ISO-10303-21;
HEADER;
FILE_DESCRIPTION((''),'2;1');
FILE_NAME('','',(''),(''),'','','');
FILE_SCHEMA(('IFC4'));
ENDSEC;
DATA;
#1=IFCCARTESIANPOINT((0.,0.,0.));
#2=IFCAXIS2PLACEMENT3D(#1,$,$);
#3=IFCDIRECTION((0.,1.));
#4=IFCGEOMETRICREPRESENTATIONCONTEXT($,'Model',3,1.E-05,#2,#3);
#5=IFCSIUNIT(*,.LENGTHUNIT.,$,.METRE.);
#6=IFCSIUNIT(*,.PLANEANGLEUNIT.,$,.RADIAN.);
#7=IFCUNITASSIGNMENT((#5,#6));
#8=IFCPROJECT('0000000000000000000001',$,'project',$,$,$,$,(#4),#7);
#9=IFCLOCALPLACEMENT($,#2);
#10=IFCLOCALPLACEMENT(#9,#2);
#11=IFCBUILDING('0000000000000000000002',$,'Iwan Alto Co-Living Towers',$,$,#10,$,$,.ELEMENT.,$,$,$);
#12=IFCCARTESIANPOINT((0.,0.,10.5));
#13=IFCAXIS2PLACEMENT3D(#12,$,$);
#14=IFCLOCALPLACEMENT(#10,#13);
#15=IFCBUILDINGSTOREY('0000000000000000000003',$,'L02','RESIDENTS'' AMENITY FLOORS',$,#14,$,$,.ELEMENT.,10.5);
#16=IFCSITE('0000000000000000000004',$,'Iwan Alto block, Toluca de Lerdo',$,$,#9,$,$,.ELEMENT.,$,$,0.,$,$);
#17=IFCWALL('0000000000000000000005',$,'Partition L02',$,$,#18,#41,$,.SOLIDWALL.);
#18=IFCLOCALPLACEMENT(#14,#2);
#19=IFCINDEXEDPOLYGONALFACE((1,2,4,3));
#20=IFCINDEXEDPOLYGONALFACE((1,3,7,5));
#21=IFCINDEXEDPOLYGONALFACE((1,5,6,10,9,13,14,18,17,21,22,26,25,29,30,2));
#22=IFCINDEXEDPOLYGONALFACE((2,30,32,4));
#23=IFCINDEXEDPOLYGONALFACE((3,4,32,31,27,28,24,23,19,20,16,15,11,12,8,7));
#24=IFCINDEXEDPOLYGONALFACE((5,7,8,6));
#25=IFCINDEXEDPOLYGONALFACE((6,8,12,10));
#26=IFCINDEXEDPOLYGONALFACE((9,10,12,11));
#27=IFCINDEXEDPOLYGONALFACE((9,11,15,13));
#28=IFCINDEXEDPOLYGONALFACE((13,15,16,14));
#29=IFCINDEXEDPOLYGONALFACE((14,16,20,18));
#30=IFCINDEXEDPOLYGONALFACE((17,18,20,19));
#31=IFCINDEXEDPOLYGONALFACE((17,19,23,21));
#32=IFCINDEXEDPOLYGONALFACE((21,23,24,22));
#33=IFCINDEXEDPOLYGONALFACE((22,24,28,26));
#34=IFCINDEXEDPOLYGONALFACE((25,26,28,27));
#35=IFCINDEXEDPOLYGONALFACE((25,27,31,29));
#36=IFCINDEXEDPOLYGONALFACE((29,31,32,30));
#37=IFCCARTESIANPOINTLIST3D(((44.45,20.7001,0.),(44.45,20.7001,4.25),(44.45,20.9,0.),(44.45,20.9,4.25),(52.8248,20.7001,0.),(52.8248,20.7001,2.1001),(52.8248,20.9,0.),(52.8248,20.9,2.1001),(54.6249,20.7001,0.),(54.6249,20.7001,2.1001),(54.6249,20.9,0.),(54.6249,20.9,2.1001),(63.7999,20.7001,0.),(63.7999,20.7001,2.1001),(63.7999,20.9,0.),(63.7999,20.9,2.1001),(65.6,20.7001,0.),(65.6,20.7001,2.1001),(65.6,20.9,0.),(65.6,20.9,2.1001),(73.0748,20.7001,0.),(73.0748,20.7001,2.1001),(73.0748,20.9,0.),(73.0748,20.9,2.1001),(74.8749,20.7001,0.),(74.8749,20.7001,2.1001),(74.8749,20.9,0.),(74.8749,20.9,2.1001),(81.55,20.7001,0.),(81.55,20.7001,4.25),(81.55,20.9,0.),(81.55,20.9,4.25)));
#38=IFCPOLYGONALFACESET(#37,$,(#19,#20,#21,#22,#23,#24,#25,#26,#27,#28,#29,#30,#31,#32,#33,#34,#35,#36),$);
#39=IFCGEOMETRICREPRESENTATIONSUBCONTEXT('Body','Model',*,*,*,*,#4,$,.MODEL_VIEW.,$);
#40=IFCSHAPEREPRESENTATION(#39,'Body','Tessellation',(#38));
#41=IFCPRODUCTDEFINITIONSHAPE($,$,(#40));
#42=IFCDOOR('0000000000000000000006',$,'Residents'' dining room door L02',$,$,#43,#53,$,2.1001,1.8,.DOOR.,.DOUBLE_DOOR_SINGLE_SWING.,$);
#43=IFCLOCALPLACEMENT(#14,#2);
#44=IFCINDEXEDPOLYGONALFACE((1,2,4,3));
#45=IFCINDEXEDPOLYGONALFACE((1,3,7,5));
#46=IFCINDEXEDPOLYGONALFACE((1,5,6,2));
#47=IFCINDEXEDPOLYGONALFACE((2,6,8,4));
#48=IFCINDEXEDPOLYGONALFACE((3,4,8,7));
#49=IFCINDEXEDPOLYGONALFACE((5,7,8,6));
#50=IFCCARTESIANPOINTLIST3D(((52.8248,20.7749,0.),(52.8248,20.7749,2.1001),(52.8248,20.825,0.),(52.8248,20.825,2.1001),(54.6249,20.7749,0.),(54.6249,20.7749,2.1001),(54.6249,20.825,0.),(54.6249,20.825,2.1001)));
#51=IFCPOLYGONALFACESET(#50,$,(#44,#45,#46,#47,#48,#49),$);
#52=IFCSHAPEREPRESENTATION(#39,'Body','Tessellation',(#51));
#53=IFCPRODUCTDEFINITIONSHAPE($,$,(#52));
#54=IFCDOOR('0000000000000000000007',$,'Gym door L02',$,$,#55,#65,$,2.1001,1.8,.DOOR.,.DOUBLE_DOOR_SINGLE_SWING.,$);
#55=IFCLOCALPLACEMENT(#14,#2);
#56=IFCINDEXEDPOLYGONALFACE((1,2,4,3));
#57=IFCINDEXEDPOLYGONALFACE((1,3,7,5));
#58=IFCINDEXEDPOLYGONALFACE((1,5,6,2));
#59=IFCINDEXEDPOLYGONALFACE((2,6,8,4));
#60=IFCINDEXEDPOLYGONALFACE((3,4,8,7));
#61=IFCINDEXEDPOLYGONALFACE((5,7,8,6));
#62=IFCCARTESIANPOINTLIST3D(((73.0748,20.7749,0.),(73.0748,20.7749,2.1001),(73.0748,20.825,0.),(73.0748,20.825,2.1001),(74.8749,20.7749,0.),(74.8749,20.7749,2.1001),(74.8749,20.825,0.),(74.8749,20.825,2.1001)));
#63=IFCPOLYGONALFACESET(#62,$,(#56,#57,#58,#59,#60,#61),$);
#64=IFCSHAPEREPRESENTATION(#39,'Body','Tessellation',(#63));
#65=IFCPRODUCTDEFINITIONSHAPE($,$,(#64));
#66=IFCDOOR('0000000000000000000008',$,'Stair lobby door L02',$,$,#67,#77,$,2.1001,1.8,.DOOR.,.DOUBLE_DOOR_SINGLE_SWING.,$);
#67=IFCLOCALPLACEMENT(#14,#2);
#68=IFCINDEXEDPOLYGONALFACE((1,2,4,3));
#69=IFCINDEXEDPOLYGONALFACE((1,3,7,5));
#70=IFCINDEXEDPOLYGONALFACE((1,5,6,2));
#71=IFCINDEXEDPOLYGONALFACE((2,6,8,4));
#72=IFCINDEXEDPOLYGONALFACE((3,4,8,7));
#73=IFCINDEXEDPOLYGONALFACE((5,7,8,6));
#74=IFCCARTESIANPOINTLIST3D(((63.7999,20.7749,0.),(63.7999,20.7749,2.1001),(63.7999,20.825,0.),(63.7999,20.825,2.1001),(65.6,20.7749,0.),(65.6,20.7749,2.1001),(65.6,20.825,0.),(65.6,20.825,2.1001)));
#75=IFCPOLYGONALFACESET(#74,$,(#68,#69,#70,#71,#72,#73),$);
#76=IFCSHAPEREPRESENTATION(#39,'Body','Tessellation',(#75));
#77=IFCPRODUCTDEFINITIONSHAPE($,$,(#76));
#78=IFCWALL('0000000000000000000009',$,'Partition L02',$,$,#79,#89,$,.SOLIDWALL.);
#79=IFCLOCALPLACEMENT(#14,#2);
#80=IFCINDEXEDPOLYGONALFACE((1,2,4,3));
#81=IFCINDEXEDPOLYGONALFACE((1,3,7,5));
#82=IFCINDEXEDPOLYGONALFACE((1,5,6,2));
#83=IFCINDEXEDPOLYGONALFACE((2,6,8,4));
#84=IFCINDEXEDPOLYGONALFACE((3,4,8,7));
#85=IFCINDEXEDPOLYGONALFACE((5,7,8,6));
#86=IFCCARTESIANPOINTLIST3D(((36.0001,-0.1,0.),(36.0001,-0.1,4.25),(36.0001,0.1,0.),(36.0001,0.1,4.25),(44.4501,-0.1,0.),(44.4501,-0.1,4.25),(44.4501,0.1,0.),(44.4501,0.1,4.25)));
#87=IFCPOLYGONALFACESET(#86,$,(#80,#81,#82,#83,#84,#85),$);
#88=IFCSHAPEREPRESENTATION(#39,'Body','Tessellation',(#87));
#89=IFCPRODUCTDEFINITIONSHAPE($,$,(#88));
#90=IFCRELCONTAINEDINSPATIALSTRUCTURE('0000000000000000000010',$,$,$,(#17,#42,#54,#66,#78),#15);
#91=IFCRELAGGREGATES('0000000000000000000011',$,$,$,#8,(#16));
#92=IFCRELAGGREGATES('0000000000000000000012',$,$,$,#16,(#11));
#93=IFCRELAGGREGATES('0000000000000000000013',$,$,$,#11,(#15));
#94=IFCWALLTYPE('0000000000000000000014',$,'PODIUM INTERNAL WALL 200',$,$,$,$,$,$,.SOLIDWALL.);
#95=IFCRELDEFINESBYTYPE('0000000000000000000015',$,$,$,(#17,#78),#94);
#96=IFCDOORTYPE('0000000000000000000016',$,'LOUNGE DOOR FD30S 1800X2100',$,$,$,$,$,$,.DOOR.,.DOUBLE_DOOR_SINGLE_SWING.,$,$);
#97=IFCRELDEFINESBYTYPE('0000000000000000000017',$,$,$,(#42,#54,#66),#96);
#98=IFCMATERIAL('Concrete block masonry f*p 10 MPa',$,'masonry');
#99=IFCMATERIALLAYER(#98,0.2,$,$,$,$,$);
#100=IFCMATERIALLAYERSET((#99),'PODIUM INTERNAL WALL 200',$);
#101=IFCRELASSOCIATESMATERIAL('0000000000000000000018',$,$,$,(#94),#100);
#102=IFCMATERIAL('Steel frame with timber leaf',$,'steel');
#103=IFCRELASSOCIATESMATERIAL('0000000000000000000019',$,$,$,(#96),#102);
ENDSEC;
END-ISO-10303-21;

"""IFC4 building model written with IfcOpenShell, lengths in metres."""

from ifc_helpers import new_model, si_unit, direction, frame, frame_2d, origin, place, context, subcontext, project, spatial, rectangle, extrude, material, layer, layer_set, type_object, element, fill, save


model = new_model("IFC4")

# Units and contexts
model_context = context("Model", 3, precision=1e-05, world=origin(), true_north=direction((0.0, 1.0)))
body_context = subcontext(model_context, "Body", "Model", "MODEL_VIEW")
ifc_project = project(units=[si_unit("LENGTHUNIT", "METRE"), si_unit("PLANEANGLEUNIT", "RADIAN")], contexts=[model_context])

# Site, building, storey
site_placement = place(None, origin())
site = spatial("IfcSite", under=ifc_project, at=site_placement, Name="Iwan Alto block, Toluca de Lerdo", CompositionType="ELEMENT", RefElevation=0.0)
building_placement = place(site_placement, origin())
building = spatial("IfcBuilding", under=site, at=building_placement, Name="Iwan Alto Co-Living Towers", CompositionType="ELEMENT")
storey_placement = place(building_placement, frame((0.0, 0.0, 10.5)))
storey = spatial("IfcBuildingStorey", under=building, at=storey_placement, Name="L02", Description="RESIDENTS' AMENITY FLOORS", CompositionType="ELEMENT", Elevation=10.5)

# Shared definitions
ifc_material_1 = material(Name="Concrete block masonry f*p 10 MPa", Category="masonry")
ifc_layer = layer(ifc_material_1, 0.2)
ifc_layer_set = layer_set([ifc_layer], Name="PODIUM INTERNAL WALL 200")
wall_type = type_object("IfcWallType", Name="PODIUM INTERNAL WALL 200", PredefinedType="SOLIDWALL", material=ifc_layer_set)

# Wall, openings, doors
wall_1_placement = place(storey_placement, frame((44.45, 20.8, 0.0), z_axis=(0.0, 0.0, 1.0), x_axis=(1.0, 0.0, 0.0)))
wall_1 = element("IfcWall", 1, at=wall_1_placement, inside=storey, type_object=wall_type, Name="Partition L02", PredefinedType="SOLIDWALL", context=body_context, shape_type="SweptSolid", body=[
    extrude(rectangle(XDim=37.1001, YDim=0.2, at=frame_2d((18.55, 0.0))), origin(), (0.0, 0.0, 1.0), 4.25),
])
opening_1_placement = place(wall_1_placement, frame((8.375, 0.0, 0.0)))
opening_1 = element("IfcOpeningElement", 2, at=opening_1_placement, cuts=wall_1, PredefinedType="OPENING", context=body_context, shape_type="SweptSolid", body=[
    extrude(rectangle(XDim=1.8, YDim=2.1001, at=frame_2d((0.8999, 1.05))), frame((0.0, 0.1099, 0.0), z_axis=(0.0, -1.0, 0.0), x_axis=(1.0, 0.0, 0.0)), (0.0, 0.0, 1.0), 0.22),
])
opening_2_placement = place(wall_1_placement, frame((28.625, 0.0, 0.0)))
opening_2 = element("IfcOpeningElement", 3, at=opening_2_placement, cuts=wall_1, PredefinedType="OPENING", context=body_context, shape_type="SweptSolid", body=[
    extrude(rectangle(XDim=1.8, YDim=2.1001, at=frame_2d((0.8999, 1.05))), frame((0.0, 0.1099, 0.0), z_axis=(0.0, -1.0, 0.0), x_axis=(1.0, 0.0, 0.0)), (0.0, 0.0, 1.0), 0.22),
])
opening_3_placement = place(wall_1_placement, frame((19.3501, 0.0, 0.0)))
opening_3 = element("IfcOpeningElement", 4, at=opening_3_placement, cuts=wall_1, PredefinedType="OPENING", context=body_context, shape_type="SweptSolid", body=[
    extrude(rectangle(XDim=1.8, YDim=2.1001, at=frame_2d((0.8999, 1.05))), frame((0.0, 0.1099, 0.0), z_axis=(0.0, -1.0, 0.0), x_axis=(1.0, 0.0, 0.0)), (0.0, 0.0, 1.0), 0.22),
])
ifc_material_2 = material(Name="Steel frame with timber leaf", Category="steel")
door_type = type_object("IfcDoorType", Name="LOUNGE DOOR FD30S 1800X2100", OperationType="DOUBLE_DOOR_SINGLE_SWING", PredefinedType="DOOR", material=ifc_material_2)
door_1_placement = place(opening_1_placement, origin())
door_1 = element("IfcDoor", 5, at=door_1_placement, inside=storey, type_object=door_type, Name="Residents' dining room door L02", OperationType="DOUBLE_DOOR_SINGLE_SWING", OverallHeight=2.1001, OverallWidth=1.8, PredefinedType="DOOR", context=body_context, shape_type="SweptSolid", body=[
    extrude(rectangle(XDim=1.8, YDim=2.1001, at=frame_2d((0.8999, 1.05))), frame((0.0, 0.0249, 0.0), z_axis=(0.0, -1.0, 0.0), x_axis=(1.0, 0.0, 0.0)), (0.0, 0.0, 1.0), 0.05),
])
fill(opening_1, door_1)
door_2_placement = place(opening_2_placement, origin())
door_2 = element("IfcDoor", 6, at=door_2_placement, inside=storey, type_object=door_type, Name="Gym door L02", OperationType="DOUBLE_DOOR_SINGLE_SWING", OverallHeight=2.1001, OverallWidth=1.8, PredefinedType="DOOR", context=body_context, shape_type="SweptSolid", body=[
    extrude(rectangle(XDim=1.8, YDim=2.1001, at=frame_2d((0.8999, 1.05))), frame((0.0, 0.0249, 0.0), z_axis=(0.0, -1.0, 0.0), x_axis=(1.0, 0.0, 0.0)), (0.0, 0.0, 1.0), 0.05),
])
fill(opening_2, door_2)
door_3_placement = place(opening_3_placement, origin())
door_3 = element("IfcDoor", 7, at=door_3_placement, inside=storey, type_object=door_type, Name="Stair lobby door L02", OperationType="DOUBLE_DOOR_SINGLE_SWING", OverallHeight=2.1001, OverallWidth=1.8, PredefinedType="DOOR", context=body_context, shape_type="SweptSolid", body=[
    extrude(rectangle(XDim=1.8, YDim=2.1001, at=frame_2d((0.8999, 1.05))), frame((0.0, 0.0249, 0.0), z_axis=(0.0, -1.0, 0.0), x_axis=(1.0, 0.0, 0.0)), (0.0, 0.0, 1.0), 0.05),
])
fill(opening_3, door_3)

# Wall
wall_2_placement = place(storey_placement, frame((36.0, 0.0, 0.0), z_axis=(0.0, 0.0, 1.0), x_axis=(1.0, 0.0, 0.0)))
element("IfcWall", 8, at=wall_2_placement, inside=storey, type_object=wall_type, Name="Partition L02", PredefinedType="SOLIDWALL", context=body_context, shape_type="SweptSolid", body=[
    extrude(rectangle(XDim=8.45, YDim=0.2, at=frame_2d((4.2251, 0.0))), origin(), (0.0, 0.0, 1.0), 4.25),
])

save(model, "model.ifc")
